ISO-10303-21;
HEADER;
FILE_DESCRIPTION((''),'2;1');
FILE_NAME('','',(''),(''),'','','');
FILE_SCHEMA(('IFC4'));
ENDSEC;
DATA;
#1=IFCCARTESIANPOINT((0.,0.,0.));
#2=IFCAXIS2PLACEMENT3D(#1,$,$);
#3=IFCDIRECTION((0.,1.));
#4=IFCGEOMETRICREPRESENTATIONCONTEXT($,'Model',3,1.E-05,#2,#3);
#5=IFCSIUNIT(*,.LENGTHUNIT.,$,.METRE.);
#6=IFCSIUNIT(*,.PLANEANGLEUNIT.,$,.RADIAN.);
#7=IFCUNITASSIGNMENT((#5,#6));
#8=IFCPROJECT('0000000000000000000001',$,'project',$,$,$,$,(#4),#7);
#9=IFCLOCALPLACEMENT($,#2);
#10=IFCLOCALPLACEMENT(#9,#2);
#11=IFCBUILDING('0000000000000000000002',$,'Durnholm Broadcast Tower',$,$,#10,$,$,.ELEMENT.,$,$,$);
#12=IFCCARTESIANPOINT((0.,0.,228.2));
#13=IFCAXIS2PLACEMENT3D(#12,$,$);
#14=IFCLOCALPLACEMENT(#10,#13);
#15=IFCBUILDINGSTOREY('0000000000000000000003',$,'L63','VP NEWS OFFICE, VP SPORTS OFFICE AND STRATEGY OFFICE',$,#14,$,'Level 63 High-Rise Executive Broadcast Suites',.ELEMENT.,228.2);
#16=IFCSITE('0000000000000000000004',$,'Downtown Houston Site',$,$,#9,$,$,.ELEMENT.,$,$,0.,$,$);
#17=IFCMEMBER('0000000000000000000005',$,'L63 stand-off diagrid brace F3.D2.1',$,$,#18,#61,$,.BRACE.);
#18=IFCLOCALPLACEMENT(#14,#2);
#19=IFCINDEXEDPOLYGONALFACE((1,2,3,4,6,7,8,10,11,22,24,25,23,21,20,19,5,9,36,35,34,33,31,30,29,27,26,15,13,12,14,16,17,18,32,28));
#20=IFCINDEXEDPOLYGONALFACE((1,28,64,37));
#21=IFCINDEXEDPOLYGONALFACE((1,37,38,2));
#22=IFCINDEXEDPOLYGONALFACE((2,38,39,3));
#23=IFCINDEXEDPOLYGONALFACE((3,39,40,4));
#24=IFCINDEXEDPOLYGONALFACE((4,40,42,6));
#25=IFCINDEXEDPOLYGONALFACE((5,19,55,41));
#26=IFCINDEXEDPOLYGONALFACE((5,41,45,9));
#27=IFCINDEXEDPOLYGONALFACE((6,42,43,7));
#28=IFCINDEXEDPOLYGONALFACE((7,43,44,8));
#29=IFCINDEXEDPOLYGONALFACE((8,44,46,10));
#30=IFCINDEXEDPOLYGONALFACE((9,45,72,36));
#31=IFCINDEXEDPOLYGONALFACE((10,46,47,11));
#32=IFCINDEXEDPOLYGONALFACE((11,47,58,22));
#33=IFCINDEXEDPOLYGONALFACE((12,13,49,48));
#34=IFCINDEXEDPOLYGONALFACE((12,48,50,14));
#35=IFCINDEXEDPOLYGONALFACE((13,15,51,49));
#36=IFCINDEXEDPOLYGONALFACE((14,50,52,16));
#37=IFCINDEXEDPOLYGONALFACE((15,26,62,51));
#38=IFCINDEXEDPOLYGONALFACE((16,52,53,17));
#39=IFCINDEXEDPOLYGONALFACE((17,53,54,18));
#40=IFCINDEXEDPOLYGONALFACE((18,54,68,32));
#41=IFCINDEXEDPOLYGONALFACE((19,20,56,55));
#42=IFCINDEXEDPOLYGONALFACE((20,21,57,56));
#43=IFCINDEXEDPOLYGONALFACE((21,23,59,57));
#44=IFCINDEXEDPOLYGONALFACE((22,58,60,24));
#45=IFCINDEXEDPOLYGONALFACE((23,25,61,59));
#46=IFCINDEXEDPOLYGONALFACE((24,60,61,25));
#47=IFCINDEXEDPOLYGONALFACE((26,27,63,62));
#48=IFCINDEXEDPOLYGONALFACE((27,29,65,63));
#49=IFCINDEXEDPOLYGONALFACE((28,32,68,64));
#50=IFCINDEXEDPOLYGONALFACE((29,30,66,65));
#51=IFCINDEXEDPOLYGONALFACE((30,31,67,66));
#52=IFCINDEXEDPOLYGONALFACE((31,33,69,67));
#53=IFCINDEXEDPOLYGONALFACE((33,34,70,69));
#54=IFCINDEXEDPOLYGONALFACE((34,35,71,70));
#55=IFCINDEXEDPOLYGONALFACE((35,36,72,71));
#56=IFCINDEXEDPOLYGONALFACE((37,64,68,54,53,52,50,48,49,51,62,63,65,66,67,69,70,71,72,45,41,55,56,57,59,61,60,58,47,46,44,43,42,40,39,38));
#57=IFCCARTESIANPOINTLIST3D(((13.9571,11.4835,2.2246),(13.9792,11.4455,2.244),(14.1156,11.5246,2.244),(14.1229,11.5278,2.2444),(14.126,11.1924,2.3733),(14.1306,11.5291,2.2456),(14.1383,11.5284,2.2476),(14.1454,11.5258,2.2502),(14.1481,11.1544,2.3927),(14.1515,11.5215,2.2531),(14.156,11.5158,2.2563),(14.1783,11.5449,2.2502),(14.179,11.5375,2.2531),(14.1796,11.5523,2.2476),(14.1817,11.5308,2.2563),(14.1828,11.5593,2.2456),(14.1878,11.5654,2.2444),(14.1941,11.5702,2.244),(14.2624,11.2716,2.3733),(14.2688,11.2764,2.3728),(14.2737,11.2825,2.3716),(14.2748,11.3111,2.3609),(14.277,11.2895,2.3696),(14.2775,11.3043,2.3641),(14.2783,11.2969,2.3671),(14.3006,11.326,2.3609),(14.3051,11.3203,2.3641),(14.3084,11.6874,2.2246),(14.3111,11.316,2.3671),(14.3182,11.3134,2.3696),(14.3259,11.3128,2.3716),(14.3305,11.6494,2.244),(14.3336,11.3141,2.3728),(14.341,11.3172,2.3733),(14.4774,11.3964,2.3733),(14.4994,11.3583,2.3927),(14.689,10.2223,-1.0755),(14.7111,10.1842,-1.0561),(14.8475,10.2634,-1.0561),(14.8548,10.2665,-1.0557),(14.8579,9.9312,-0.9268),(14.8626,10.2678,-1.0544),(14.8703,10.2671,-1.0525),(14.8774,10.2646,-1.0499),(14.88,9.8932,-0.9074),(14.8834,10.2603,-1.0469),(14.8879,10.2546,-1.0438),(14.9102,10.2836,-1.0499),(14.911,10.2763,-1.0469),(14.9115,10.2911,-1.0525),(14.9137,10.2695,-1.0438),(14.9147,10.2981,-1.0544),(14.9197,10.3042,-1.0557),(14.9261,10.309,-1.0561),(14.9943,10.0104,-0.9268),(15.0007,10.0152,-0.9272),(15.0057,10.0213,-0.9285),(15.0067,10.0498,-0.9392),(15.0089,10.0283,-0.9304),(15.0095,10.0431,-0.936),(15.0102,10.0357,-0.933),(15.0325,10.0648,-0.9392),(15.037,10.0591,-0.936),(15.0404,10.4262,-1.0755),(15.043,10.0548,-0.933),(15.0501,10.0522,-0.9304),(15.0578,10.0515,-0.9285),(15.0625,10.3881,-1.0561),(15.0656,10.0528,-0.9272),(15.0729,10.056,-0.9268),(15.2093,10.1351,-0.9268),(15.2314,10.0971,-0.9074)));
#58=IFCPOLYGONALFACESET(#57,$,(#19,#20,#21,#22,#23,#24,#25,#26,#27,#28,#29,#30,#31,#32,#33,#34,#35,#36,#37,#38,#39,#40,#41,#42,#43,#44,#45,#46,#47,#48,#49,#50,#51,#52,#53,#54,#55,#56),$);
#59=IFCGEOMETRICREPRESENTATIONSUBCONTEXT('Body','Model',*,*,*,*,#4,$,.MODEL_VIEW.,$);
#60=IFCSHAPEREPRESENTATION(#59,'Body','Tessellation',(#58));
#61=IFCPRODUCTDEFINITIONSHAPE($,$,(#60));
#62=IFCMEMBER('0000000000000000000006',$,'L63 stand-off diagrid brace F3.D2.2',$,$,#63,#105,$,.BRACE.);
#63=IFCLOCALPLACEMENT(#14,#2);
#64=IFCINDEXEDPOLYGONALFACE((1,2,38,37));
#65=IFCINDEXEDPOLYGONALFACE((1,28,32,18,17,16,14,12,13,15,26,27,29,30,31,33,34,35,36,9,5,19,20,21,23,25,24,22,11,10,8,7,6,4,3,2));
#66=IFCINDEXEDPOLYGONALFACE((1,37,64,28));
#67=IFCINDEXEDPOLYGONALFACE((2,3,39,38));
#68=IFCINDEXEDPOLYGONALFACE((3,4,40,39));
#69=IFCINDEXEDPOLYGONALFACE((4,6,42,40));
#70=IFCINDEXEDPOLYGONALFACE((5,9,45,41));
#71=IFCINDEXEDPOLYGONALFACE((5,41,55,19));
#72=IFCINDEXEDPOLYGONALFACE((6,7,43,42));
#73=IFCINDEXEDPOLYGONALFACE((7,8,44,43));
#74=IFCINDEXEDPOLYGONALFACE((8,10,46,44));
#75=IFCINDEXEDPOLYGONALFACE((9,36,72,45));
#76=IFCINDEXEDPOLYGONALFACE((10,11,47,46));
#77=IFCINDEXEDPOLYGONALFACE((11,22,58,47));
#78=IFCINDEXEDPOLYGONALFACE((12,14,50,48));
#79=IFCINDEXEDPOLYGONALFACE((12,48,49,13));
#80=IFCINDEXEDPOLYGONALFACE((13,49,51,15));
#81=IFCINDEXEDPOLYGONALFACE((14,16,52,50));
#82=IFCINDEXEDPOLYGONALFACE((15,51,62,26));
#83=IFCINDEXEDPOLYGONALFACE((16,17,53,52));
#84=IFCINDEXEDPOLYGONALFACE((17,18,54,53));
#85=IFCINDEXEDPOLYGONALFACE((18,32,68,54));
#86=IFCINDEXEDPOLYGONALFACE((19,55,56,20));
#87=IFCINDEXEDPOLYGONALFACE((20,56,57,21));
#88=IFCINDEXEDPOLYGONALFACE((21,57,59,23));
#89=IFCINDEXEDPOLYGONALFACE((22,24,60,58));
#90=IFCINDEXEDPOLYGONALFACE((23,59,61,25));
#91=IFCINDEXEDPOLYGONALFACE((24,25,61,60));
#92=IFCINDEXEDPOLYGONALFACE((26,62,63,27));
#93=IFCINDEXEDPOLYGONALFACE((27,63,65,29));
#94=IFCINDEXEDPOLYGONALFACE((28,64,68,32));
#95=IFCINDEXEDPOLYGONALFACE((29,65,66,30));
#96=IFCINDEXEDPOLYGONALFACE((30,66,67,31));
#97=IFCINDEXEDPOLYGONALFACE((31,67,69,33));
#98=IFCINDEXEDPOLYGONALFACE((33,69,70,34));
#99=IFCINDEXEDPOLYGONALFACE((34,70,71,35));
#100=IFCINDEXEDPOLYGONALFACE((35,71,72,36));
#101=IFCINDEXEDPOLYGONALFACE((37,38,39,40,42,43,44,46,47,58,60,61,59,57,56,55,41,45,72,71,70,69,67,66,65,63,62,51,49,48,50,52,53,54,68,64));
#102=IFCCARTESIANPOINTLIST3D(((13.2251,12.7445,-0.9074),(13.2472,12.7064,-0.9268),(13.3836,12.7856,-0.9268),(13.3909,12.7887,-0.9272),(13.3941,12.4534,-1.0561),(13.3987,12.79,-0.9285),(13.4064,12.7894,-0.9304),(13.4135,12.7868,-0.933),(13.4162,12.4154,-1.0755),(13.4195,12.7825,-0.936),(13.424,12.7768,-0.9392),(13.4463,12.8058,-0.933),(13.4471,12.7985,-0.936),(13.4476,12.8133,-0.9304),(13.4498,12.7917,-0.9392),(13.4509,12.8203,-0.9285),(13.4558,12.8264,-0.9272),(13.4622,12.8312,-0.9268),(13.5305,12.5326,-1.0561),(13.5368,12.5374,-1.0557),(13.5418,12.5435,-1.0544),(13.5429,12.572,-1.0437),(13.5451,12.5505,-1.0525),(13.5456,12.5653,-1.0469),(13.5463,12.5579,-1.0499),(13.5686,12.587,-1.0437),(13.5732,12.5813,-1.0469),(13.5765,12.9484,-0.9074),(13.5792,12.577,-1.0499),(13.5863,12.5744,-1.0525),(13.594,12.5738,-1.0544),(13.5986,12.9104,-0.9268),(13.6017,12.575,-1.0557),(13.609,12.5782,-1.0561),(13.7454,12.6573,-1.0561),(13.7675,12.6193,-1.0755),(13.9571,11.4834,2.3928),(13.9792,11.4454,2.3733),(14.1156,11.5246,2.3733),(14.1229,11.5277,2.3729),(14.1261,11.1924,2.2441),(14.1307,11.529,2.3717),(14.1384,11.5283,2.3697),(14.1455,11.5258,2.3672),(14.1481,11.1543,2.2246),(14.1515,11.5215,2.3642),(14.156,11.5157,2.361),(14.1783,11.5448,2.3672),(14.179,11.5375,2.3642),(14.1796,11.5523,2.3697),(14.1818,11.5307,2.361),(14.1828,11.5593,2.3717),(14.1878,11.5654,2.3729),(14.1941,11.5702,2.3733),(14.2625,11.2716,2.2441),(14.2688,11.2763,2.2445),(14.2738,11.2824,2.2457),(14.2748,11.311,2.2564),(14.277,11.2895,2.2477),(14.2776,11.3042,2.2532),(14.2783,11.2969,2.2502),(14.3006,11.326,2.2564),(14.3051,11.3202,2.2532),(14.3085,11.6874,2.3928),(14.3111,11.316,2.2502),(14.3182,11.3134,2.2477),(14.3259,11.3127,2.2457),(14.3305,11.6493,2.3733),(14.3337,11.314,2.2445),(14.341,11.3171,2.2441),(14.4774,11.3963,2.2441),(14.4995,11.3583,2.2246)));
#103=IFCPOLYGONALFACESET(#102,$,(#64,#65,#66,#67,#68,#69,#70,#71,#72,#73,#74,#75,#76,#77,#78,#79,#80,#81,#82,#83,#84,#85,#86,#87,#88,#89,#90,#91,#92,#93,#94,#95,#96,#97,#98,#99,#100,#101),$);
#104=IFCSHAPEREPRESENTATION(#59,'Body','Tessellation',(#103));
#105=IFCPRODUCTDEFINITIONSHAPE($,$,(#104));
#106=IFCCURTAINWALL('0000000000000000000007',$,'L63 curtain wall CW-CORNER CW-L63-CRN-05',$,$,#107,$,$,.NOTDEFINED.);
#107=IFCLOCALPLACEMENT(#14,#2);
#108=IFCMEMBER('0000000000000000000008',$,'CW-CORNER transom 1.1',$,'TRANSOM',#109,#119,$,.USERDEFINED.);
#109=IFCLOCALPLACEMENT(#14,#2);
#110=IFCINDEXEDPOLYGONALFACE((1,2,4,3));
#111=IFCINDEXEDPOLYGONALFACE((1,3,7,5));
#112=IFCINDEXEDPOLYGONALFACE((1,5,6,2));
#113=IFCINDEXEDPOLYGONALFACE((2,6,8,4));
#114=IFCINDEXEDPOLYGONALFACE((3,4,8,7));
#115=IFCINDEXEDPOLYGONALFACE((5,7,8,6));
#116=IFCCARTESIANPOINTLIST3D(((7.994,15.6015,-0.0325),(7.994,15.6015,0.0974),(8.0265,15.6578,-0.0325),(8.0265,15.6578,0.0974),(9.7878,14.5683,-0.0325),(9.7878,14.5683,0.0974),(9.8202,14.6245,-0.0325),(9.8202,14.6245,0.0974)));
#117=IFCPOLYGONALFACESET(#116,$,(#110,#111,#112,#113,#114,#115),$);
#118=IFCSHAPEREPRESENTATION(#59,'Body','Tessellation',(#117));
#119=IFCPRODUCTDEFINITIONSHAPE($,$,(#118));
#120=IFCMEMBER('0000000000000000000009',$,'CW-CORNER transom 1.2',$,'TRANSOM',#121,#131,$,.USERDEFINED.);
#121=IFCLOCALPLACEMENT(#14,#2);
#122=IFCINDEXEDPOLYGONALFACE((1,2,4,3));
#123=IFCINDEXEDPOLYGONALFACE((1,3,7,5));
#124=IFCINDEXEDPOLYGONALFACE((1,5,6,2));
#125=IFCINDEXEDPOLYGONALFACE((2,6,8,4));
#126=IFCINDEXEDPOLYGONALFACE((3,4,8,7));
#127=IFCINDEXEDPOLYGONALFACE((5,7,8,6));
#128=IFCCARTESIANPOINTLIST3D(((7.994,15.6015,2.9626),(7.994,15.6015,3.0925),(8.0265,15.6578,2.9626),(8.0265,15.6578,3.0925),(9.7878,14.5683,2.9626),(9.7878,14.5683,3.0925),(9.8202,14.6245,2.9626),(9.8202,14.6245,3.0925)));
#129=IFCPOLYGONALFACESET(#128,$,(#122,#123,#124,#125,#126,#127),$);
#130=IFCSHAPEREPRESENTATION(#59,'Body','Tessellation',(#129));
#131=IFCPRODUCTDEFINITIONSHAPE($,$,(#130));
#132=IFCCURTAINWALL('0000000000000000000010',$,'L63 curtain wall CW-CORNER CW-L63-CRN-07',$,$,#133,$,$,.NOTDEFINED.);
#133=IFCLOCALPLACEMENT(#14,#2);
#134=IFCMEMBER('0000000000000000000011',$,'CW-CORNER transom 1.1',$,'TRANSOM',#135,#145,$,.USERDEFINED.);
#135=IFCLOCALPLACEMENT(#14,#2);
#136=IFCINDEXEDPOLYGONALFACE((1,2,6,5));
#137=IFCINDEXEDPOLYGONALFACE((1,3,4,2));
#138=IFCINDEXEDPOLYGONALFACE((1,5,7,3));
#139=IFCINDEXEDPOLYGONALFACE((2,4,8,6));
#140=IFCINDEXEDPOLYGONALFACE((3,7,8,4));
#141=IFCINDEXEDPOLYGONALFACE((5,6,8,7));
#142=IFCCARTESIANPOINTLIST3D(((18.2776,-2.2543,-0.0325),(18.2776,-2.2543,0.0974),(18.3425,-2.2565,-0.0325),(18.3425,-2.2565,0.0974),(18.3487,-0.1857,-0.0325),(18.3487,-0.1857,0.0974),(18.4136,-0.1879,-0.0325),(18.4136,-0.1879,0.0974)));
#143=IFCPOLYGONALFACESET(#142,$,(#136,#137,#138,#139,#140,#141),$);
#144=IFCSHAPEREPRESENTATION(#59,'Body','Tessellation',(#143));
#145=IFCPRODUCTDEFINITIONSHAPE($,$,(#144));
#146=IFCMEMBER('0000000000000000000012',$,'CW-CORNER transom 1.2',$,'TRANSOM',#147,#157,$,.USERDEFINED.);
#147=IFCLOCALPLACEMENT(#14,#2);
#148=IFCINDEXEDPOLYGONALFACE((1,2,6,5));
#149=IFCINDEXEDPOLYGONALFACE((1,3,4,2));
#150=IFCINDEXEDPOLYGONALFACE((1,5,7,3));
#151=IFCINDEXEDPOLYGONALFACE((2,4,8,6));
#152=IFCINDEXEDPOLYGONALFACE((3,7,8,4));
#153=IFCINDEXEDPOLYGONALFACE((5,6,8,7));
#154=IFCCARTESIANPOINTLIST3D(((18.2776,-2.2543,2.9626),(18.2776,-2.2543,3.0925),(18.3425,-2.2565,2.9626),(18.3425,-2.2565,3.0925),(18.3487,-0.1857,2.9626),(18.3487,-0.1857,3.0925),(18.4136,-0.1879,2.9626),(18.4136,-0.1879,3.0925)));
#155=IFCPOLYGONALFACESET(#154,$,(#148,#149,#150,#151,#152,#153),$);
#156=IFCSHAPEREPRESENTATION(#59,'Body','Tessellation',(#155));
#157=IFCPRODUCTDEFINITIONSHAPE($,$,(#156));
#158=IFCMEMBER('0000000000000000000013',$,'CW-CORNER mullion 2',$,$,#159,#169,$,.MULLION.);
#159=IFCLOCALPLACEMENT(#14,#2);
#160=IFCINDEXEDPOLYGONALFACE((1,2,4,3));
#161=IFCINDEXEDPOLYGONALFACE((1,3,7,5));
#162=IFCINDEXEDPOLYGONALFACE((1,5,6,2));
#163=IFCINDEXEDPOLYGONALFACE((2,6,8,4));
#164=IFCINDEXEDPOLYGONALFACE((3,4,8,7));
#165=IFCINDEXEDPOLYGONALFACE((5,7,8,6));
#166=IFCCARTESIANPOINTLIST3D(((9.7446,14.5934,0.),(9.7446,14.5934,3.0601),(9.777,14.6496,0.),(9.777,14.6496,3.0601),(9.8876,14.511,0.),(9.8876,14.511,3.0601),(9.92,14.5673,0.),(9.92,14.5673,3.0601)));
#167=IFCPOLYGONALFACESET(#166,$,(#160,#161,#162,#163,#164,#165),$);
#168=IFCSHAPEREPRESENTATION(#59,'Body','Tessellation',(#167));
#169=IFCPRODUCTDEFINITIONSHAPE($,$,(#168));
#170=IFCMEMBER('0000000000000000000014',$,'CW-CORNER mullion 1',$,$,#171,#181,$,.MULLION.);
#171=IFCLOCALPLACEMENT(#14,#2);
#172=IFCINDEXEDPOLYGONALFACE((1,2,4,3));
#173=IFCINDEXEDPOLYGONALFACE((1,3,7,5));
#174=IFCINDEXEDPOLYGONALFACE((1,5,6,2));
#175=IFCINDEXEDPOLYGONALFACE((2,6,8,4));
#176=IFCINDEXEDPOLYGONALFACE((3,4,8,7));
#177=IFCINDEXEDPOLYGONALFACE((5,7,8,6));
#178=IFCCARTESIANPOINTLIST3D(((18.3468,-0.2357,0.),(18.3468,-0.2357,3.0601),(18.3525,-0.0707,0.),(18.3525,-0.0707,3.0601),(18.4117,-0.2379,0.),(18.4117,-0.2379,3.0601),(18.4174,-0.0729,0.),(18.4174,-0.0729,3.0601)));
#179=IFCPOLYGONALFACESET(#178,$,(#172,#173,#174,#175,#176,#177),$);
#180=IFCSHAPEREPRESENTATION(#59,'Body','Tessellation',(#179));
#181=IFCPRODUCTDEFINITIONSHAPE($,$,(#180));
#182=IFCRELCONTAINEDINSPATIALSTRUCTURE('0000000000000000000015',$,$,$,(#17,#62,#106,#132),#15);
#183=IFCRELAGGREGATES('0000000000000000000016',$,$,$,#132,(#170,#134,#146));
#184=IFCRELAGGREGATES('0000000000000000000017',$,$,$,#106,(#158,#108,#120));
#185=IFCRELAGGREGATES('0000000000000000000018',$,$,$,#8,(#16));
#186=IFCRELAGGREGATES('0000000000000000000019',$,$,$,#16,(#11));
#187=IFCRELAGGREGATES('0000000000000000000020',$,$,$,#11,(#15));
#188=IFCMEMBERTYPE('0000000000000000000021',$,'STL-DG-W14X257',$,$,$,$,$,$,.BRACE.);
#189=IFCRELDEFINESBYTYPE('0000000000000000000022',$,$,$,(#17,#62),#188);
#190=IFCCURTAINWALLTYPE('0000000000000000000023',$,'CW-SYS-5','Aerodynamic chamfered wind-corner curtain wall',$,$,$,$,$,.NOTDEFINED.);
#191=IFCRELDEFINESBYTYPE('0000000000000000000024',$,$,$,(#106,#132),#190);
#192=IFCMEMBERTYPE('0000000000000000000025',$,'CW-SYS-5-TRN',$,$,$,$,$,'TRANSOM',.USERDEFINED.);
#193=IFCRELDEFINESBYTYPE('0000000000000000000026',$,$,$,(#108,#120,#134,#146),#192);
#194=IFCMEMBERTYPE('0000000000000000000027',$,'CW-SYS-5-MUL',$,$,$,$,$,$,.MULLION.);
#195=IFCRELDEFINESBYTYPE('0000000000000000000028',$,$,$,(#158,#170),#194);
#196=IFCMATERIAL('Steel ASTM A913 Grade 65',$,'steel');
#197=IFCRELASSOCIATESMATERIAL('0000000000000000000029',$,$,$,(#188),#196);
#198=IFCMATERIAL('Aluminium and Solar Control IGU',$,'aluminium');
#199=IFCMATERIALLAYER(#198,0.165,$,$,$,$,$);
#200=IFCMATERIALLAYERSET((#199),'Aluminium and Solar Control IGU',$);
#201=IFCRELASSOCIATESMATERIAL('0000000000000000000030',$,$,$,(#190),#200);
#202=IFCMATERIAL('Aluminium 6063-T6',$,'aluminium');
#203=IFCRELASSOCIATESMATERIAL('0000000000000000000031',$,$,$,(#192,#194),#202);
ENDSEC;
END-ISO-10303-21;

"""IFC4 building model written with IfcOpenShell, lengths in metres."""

from ifc_helpers import new_model, si_unit, direction, frame, origin, origin_2d, place, context, subcontext, project, spatial, rectangle, i_section, extrude, source, transform, mapped, material, layer, layer_set, material_profile, profile_set, type_object, type_shapes, element, aggregate, save


model = new_model("IFC4")

# Units and contexts
model_context = context("Model", 3, precision=1e-05, world=origin(), true_north=direction((0.0, 1.0)))
body_context = subcontext(model_context, "Body", "Model", "MODEL_VIEW")
ifc_project = project(units=[si_unit("LENGTHUNIT", "METRE"), si_unit("PLANEANGLEUNIT", "RADIAN")], contexts=[model_context])

# Site, building, storey
site_placement = place(None, origin())
site = spatial("IfcSite", under=ifc_project, at=site_placement, Name="Downtown Houston Site", CompositionType="ELEMENT", RefElevation=0.0)
building_placement = place(site_placement, origin())
building = spatial("IfcBuilding", under=site, at=building_placement, Name="Durnholm Broadcast Tower", CompositionType="ELEMENT")
storey_placement = place(building_placement, frame((0.0, 0.0, 228.2)))
storey = spatial("IfcBuildingStorey", under=building, at=storey_placement, Name="L63", Description="VP NEWS OFFICE, VP SPORTS OFFICE AND STRATEGY OFFICE", LongName="Level 63 High-Rise Executive Broadcast Suites", CompositionType="ELEMENT", Elevation=228.2)

# Members
ifc_material_1 = material(Name="Steel ASTM A913 Grade 65", Category="steel")
ifc_material_profile_1 = material_profile(ifc_material_1, i_section(OverallWidth=0.4062, OverallDepth=0.416, WebThickness=0.0298, FlangeThickness=0.0481, FilletRadius=0.0305, at=origin_2d()), Name="W14X257")
ifc_profile_set_1 = profile_set([ifc_material_profile_1], Name="Steel ASTM A913 Grade 65")
member_type_1 = type_object("IfcMemberType", Name="STL-DG-W14X257", PredefinedType="BRACE", material=ifc_profile_set_1)
shared_shape_1 = source(origin(), body_context, "Body", "SweptSolid", [
    extrude(i_section(OverallWidth=0.4062, OverallDepth=0.416, WebThickness=0.0298, FlangeThickness=0.0481, FilletRadius=0.0305, at=origin_2d()), origin(), (0.0, 0.0, 1.0), 3.6079),
])
type_shapes(member_type_1, [shared_shape_1])
for number, where, z_axis, x_axis, name in (
    (1, (14.9602, 10.1597, -0.9915), (-0.202871, 0.349577, 0.91468), (-0.864906, -0.501934, 0.0), "L63 stand-off diagrid brace F3.D2.1"),
    (2, (13.4963, 12.6819, -0.9915), (0.202876, -0.349518, 0.914701), (0.864864, 0.502006, 0.0), "L63 stand-off diagrid brace F3.D2.2"),
):
    element("IfcMember", number, at=place(storey_placement, frame(where, z_axis=z_axis, x_axis=x_axis)), inside=storey, type_object=member_type_1, Name=name, PredefinedType="BRACE", context=body_context, shape_type="MappedRepresentation", body=[
        mapped(shared_shape_1, transform((0.0, 0.0, 0.0), x_axis=(1.0, 0.0, 0.0), y_axis=(0.0, 1.0, 0.0), z_axis=(0.0, 0.0, 1.0), scale=1.0)),
    ])

# Curtain walls, members
ifc_material_2 = material(Name="Aluminium and Solar Control IGU", Category="aluminium")
ifc_layer_1 = layer(ifc_material_2, 0.165)
ifc_layer_set_1 = layer_set([ifc_layer_1], Name="Aluminium and Solar Control IGU")
curtain_wall_type_1 = type_object("IfcCurtainWallType", Name="CW-SYS-5", Description="Aerodynamic chamfered wind-corner curtain wall", PredefinedType="NOTDEFINED", material=ifc_layer_set_1)
curtain_wall_1_placement = place(storey_placement, origin())
curtain_wall_1 = element("IfcCurtainWall", 3, at=curtain_wall_1_placement, inside=storey, type_object=curtain_wall_type_1, Name="L63 curtain wall CW-CORNER CW-L63-CRN-05", PredefinedType="NOTDEFINED")
ifc_material_3 = material(Name="Aluminium 6063-T6", Category="aluminium")
ifc_material_profile_2 = material_profile(ifc_material_3, rectangle(XDim=0.0649, YDim=0.1299, at=origin_2d()), Name="CWT65X130")
ifc_profile_set_2 = profile_set([ifc_material_profile_2], Name="Aluminium 6063-T6")
member_type_2 = type_object("IfcMemberType", Name="CW-SYS-5-TRN", ElementType="TRANSOM", PredefinedType="USERDEFINED", material=ifc_profile_set_2)
shared_shape_2 = source(origin(), body_context, "Body", "SweptSolid", [
    extrude(rectangle(XDim=0.0649, YDim=0.1299, at=origin_2d()), origin(), (0.0, 0.0, 1.0), 2.0701),
])
member_1_placement = place(storey_placement, frame((8.0103, 15.6296, 0.0325), z_axis=(0.866525, -0.499134, 0.0), x_axis=(0.499134, 0.866525, 0.0)))
member_1 = element("IfcMember", 4, at=member_1_placement, type_object=member_type_2, Name="CW-CORNER transom 1.1", ObjectType="TRANSOM", PredefinedType="USERDEFINED", context=body_context, shape_type="MappedRepresentation", body=[
    mapped(shared_shape_2, transform((0.0, 0.0, 0.0), x_axis=(1.0, 0.0, 0.0), y_axis=(0.0, 1.0, 0.0), z_axis=(0.0, 0.0, 1.0), scale=1.0)),
])
member_2_placement = place(storey_placement, frame((8.0103, 15.6296, 3.0276), z_axis=(0.866525, -0.499134, 0.0), x_axis=(0.499134, 0.866525, 0.0)))
member_2 = element("IfcMember", 5, at=member_2_placement, type_object=member_type_2, Name="CW-CORNER transom 1.2", ObjectType="TRANSOM", PredefinedType="USERDEFINED", context=body_context, shape_type="MappedRepresentation", body=[
    mapped(shared_shape_2, transform((0.0, 0.0, 0.0), x_axis=(1.0, 0.0, 0.0), y_axis=(0.0, 1.0, 0.0), z_axis=(0.0, 0.0, 1.0), scale=1.0)),
])
curtain_wall_2_placement = place(storey_placement, origin())
curtain_wall_2 = element("IfcCurtainWall", 6, at=curtain_wall_2_placement, inside=storey, type_object=curtain_wall_type_1, Name="L63 curtain wall CW-CORNER CW-L63-CRN-07", PredefinedType="NOTDEFINED")
shared_shape_3 = source(origin(), body_context, "Body", "SweptSolid", [
    extrude(rectangle(XDim=0.0649, YDim=0.1299, at=origin_2d()), origin(), (0.0, 0.0, 1.0), 2.0698),
])
type_shapes(member_type_2, [shared_shape_2, shared_shape_3])
member_3_placement = place(storey_placement, frame((18.3811, -0.1868, 0.0325), z_axis=(-0.034324, -0.999411, 0.0), x_axis=(0.999411, -0.034324, 0.0)))
member_3 = element("IfcMember", 7, at=member_3_placement, type_object=member_type_2, Name="CW-CORNER transom 1.1", ObjectType="TRANSOM", PredefinedType="USERDEFINED", context=body_context, shape_type="MappedRepresentation", body=[
    mapped(shared_shape_3, transform((0.0, 0.0, 0.0), x_axis=(1.0, 0.0, 0.0), y_axis=(0.0, 1.0, 0.0), z_axis=(0.0, 0.0, 1.0), scale=1.0)),
])
member_4_placement = place(storey_placement, frame((18.3811, -0.1868, 3.0276), z_axis=(-0.034324, -0.999411, 0.0), x_axis=(0.999411, -0.034324, 0.0)))
member_4 = element("IfcMember", 8, at=member_4_placement, type_object=member_type_2, Name="CW-CORNER transom 1.2", ObjectType="TRANSOM", PredefinedType="USERDEFINED", context=body_context, shape_type="MappedRepresentation", body=[
    mapped(shared_shape_3, transform((0.0, 0.0, 0.0), x_axis=(1.0, 0.0, 0.0), y_axis=(0.0, 1.0, 0.0), z_axis=(0.0, 0.0, 1.0), scale=1.0)),
])

# Members
ifc_material_profile_3 = material_profile(ifc_material_3, rectangle(XDim=0.0649, YDim=0.165, at=origin_2d()), Name="CWM65X165")
ifc_profile_set_3 = profile_set([ifc_material_profile_3], Name="Aluminium 6063-T6")
member_type_3 = type_object("IfcMemberType", Name="CW-SYS-5-MUL", PredefinedType="MULLION", material=ifc_profile_set_3)
shared_shape_4 = source(origin(), body_context, "Body", "SweptSolid", [
    extrude(rectangle(XDim=0.0649, YDim=0.165, at=origin_2d()), origin(), (0.0, 0.0, 1.0), 3.0601),
])
type_shapes(member_type_3, [shared_shape_4])
member_5_placement = place(storey_placement, frame((9.8323, 14.5803, 0.0), z_axis=(0.0, 0.0, 1.0), x_axis=(0.499059, 0.866568, 0.0)))
member_5 = element("IfcMember", 9, at=member_5_placement, type_object=member_type_3, Name="CW-CORNER mullion 2", PredefinedType="MULLION", context=body_context, shape_type="MappedRepresentation", body=[
    mapped(shared_shape_4, transform((0.0, 0.0, 0.0), x_axis=(1.0, 0.0, 0.0), y_axis=(0.0, 1.0, 0.0), z_axis=(0.0, 0.0, 1.0), scale=1.0)),
])
member_6_placement = place(storey_placement, frame((18.3821, -0.1543, 0.0), z_axis=(0.0, 0.0, 1.0), x_axis=(0.999411, -0.034318, 0.0)))
member_6 = element("IfcMember", 10, at=member_6_placement, type_object=member_type_3, Name="CW-CORNER mullion 1", PredefinedType="MULLION", context=body_context, shape_type="MappedRepresentation", body=[
    mapped(shared_shape_4, transform((0.0, 0.0, 0.0), x_axis=(1.0, 0.0, 0.0), y_axis=(0.0, 1.0, 0.0), z_axis=(0.0, 0.0, 1.0), scale=1.0)),
])
aggregate(curtain_wall_2, [member_6, member_3, member_4])

aggregate(curtain_wall_1, [member_5, member_1, member_2])

save(model, "model.ifc")
